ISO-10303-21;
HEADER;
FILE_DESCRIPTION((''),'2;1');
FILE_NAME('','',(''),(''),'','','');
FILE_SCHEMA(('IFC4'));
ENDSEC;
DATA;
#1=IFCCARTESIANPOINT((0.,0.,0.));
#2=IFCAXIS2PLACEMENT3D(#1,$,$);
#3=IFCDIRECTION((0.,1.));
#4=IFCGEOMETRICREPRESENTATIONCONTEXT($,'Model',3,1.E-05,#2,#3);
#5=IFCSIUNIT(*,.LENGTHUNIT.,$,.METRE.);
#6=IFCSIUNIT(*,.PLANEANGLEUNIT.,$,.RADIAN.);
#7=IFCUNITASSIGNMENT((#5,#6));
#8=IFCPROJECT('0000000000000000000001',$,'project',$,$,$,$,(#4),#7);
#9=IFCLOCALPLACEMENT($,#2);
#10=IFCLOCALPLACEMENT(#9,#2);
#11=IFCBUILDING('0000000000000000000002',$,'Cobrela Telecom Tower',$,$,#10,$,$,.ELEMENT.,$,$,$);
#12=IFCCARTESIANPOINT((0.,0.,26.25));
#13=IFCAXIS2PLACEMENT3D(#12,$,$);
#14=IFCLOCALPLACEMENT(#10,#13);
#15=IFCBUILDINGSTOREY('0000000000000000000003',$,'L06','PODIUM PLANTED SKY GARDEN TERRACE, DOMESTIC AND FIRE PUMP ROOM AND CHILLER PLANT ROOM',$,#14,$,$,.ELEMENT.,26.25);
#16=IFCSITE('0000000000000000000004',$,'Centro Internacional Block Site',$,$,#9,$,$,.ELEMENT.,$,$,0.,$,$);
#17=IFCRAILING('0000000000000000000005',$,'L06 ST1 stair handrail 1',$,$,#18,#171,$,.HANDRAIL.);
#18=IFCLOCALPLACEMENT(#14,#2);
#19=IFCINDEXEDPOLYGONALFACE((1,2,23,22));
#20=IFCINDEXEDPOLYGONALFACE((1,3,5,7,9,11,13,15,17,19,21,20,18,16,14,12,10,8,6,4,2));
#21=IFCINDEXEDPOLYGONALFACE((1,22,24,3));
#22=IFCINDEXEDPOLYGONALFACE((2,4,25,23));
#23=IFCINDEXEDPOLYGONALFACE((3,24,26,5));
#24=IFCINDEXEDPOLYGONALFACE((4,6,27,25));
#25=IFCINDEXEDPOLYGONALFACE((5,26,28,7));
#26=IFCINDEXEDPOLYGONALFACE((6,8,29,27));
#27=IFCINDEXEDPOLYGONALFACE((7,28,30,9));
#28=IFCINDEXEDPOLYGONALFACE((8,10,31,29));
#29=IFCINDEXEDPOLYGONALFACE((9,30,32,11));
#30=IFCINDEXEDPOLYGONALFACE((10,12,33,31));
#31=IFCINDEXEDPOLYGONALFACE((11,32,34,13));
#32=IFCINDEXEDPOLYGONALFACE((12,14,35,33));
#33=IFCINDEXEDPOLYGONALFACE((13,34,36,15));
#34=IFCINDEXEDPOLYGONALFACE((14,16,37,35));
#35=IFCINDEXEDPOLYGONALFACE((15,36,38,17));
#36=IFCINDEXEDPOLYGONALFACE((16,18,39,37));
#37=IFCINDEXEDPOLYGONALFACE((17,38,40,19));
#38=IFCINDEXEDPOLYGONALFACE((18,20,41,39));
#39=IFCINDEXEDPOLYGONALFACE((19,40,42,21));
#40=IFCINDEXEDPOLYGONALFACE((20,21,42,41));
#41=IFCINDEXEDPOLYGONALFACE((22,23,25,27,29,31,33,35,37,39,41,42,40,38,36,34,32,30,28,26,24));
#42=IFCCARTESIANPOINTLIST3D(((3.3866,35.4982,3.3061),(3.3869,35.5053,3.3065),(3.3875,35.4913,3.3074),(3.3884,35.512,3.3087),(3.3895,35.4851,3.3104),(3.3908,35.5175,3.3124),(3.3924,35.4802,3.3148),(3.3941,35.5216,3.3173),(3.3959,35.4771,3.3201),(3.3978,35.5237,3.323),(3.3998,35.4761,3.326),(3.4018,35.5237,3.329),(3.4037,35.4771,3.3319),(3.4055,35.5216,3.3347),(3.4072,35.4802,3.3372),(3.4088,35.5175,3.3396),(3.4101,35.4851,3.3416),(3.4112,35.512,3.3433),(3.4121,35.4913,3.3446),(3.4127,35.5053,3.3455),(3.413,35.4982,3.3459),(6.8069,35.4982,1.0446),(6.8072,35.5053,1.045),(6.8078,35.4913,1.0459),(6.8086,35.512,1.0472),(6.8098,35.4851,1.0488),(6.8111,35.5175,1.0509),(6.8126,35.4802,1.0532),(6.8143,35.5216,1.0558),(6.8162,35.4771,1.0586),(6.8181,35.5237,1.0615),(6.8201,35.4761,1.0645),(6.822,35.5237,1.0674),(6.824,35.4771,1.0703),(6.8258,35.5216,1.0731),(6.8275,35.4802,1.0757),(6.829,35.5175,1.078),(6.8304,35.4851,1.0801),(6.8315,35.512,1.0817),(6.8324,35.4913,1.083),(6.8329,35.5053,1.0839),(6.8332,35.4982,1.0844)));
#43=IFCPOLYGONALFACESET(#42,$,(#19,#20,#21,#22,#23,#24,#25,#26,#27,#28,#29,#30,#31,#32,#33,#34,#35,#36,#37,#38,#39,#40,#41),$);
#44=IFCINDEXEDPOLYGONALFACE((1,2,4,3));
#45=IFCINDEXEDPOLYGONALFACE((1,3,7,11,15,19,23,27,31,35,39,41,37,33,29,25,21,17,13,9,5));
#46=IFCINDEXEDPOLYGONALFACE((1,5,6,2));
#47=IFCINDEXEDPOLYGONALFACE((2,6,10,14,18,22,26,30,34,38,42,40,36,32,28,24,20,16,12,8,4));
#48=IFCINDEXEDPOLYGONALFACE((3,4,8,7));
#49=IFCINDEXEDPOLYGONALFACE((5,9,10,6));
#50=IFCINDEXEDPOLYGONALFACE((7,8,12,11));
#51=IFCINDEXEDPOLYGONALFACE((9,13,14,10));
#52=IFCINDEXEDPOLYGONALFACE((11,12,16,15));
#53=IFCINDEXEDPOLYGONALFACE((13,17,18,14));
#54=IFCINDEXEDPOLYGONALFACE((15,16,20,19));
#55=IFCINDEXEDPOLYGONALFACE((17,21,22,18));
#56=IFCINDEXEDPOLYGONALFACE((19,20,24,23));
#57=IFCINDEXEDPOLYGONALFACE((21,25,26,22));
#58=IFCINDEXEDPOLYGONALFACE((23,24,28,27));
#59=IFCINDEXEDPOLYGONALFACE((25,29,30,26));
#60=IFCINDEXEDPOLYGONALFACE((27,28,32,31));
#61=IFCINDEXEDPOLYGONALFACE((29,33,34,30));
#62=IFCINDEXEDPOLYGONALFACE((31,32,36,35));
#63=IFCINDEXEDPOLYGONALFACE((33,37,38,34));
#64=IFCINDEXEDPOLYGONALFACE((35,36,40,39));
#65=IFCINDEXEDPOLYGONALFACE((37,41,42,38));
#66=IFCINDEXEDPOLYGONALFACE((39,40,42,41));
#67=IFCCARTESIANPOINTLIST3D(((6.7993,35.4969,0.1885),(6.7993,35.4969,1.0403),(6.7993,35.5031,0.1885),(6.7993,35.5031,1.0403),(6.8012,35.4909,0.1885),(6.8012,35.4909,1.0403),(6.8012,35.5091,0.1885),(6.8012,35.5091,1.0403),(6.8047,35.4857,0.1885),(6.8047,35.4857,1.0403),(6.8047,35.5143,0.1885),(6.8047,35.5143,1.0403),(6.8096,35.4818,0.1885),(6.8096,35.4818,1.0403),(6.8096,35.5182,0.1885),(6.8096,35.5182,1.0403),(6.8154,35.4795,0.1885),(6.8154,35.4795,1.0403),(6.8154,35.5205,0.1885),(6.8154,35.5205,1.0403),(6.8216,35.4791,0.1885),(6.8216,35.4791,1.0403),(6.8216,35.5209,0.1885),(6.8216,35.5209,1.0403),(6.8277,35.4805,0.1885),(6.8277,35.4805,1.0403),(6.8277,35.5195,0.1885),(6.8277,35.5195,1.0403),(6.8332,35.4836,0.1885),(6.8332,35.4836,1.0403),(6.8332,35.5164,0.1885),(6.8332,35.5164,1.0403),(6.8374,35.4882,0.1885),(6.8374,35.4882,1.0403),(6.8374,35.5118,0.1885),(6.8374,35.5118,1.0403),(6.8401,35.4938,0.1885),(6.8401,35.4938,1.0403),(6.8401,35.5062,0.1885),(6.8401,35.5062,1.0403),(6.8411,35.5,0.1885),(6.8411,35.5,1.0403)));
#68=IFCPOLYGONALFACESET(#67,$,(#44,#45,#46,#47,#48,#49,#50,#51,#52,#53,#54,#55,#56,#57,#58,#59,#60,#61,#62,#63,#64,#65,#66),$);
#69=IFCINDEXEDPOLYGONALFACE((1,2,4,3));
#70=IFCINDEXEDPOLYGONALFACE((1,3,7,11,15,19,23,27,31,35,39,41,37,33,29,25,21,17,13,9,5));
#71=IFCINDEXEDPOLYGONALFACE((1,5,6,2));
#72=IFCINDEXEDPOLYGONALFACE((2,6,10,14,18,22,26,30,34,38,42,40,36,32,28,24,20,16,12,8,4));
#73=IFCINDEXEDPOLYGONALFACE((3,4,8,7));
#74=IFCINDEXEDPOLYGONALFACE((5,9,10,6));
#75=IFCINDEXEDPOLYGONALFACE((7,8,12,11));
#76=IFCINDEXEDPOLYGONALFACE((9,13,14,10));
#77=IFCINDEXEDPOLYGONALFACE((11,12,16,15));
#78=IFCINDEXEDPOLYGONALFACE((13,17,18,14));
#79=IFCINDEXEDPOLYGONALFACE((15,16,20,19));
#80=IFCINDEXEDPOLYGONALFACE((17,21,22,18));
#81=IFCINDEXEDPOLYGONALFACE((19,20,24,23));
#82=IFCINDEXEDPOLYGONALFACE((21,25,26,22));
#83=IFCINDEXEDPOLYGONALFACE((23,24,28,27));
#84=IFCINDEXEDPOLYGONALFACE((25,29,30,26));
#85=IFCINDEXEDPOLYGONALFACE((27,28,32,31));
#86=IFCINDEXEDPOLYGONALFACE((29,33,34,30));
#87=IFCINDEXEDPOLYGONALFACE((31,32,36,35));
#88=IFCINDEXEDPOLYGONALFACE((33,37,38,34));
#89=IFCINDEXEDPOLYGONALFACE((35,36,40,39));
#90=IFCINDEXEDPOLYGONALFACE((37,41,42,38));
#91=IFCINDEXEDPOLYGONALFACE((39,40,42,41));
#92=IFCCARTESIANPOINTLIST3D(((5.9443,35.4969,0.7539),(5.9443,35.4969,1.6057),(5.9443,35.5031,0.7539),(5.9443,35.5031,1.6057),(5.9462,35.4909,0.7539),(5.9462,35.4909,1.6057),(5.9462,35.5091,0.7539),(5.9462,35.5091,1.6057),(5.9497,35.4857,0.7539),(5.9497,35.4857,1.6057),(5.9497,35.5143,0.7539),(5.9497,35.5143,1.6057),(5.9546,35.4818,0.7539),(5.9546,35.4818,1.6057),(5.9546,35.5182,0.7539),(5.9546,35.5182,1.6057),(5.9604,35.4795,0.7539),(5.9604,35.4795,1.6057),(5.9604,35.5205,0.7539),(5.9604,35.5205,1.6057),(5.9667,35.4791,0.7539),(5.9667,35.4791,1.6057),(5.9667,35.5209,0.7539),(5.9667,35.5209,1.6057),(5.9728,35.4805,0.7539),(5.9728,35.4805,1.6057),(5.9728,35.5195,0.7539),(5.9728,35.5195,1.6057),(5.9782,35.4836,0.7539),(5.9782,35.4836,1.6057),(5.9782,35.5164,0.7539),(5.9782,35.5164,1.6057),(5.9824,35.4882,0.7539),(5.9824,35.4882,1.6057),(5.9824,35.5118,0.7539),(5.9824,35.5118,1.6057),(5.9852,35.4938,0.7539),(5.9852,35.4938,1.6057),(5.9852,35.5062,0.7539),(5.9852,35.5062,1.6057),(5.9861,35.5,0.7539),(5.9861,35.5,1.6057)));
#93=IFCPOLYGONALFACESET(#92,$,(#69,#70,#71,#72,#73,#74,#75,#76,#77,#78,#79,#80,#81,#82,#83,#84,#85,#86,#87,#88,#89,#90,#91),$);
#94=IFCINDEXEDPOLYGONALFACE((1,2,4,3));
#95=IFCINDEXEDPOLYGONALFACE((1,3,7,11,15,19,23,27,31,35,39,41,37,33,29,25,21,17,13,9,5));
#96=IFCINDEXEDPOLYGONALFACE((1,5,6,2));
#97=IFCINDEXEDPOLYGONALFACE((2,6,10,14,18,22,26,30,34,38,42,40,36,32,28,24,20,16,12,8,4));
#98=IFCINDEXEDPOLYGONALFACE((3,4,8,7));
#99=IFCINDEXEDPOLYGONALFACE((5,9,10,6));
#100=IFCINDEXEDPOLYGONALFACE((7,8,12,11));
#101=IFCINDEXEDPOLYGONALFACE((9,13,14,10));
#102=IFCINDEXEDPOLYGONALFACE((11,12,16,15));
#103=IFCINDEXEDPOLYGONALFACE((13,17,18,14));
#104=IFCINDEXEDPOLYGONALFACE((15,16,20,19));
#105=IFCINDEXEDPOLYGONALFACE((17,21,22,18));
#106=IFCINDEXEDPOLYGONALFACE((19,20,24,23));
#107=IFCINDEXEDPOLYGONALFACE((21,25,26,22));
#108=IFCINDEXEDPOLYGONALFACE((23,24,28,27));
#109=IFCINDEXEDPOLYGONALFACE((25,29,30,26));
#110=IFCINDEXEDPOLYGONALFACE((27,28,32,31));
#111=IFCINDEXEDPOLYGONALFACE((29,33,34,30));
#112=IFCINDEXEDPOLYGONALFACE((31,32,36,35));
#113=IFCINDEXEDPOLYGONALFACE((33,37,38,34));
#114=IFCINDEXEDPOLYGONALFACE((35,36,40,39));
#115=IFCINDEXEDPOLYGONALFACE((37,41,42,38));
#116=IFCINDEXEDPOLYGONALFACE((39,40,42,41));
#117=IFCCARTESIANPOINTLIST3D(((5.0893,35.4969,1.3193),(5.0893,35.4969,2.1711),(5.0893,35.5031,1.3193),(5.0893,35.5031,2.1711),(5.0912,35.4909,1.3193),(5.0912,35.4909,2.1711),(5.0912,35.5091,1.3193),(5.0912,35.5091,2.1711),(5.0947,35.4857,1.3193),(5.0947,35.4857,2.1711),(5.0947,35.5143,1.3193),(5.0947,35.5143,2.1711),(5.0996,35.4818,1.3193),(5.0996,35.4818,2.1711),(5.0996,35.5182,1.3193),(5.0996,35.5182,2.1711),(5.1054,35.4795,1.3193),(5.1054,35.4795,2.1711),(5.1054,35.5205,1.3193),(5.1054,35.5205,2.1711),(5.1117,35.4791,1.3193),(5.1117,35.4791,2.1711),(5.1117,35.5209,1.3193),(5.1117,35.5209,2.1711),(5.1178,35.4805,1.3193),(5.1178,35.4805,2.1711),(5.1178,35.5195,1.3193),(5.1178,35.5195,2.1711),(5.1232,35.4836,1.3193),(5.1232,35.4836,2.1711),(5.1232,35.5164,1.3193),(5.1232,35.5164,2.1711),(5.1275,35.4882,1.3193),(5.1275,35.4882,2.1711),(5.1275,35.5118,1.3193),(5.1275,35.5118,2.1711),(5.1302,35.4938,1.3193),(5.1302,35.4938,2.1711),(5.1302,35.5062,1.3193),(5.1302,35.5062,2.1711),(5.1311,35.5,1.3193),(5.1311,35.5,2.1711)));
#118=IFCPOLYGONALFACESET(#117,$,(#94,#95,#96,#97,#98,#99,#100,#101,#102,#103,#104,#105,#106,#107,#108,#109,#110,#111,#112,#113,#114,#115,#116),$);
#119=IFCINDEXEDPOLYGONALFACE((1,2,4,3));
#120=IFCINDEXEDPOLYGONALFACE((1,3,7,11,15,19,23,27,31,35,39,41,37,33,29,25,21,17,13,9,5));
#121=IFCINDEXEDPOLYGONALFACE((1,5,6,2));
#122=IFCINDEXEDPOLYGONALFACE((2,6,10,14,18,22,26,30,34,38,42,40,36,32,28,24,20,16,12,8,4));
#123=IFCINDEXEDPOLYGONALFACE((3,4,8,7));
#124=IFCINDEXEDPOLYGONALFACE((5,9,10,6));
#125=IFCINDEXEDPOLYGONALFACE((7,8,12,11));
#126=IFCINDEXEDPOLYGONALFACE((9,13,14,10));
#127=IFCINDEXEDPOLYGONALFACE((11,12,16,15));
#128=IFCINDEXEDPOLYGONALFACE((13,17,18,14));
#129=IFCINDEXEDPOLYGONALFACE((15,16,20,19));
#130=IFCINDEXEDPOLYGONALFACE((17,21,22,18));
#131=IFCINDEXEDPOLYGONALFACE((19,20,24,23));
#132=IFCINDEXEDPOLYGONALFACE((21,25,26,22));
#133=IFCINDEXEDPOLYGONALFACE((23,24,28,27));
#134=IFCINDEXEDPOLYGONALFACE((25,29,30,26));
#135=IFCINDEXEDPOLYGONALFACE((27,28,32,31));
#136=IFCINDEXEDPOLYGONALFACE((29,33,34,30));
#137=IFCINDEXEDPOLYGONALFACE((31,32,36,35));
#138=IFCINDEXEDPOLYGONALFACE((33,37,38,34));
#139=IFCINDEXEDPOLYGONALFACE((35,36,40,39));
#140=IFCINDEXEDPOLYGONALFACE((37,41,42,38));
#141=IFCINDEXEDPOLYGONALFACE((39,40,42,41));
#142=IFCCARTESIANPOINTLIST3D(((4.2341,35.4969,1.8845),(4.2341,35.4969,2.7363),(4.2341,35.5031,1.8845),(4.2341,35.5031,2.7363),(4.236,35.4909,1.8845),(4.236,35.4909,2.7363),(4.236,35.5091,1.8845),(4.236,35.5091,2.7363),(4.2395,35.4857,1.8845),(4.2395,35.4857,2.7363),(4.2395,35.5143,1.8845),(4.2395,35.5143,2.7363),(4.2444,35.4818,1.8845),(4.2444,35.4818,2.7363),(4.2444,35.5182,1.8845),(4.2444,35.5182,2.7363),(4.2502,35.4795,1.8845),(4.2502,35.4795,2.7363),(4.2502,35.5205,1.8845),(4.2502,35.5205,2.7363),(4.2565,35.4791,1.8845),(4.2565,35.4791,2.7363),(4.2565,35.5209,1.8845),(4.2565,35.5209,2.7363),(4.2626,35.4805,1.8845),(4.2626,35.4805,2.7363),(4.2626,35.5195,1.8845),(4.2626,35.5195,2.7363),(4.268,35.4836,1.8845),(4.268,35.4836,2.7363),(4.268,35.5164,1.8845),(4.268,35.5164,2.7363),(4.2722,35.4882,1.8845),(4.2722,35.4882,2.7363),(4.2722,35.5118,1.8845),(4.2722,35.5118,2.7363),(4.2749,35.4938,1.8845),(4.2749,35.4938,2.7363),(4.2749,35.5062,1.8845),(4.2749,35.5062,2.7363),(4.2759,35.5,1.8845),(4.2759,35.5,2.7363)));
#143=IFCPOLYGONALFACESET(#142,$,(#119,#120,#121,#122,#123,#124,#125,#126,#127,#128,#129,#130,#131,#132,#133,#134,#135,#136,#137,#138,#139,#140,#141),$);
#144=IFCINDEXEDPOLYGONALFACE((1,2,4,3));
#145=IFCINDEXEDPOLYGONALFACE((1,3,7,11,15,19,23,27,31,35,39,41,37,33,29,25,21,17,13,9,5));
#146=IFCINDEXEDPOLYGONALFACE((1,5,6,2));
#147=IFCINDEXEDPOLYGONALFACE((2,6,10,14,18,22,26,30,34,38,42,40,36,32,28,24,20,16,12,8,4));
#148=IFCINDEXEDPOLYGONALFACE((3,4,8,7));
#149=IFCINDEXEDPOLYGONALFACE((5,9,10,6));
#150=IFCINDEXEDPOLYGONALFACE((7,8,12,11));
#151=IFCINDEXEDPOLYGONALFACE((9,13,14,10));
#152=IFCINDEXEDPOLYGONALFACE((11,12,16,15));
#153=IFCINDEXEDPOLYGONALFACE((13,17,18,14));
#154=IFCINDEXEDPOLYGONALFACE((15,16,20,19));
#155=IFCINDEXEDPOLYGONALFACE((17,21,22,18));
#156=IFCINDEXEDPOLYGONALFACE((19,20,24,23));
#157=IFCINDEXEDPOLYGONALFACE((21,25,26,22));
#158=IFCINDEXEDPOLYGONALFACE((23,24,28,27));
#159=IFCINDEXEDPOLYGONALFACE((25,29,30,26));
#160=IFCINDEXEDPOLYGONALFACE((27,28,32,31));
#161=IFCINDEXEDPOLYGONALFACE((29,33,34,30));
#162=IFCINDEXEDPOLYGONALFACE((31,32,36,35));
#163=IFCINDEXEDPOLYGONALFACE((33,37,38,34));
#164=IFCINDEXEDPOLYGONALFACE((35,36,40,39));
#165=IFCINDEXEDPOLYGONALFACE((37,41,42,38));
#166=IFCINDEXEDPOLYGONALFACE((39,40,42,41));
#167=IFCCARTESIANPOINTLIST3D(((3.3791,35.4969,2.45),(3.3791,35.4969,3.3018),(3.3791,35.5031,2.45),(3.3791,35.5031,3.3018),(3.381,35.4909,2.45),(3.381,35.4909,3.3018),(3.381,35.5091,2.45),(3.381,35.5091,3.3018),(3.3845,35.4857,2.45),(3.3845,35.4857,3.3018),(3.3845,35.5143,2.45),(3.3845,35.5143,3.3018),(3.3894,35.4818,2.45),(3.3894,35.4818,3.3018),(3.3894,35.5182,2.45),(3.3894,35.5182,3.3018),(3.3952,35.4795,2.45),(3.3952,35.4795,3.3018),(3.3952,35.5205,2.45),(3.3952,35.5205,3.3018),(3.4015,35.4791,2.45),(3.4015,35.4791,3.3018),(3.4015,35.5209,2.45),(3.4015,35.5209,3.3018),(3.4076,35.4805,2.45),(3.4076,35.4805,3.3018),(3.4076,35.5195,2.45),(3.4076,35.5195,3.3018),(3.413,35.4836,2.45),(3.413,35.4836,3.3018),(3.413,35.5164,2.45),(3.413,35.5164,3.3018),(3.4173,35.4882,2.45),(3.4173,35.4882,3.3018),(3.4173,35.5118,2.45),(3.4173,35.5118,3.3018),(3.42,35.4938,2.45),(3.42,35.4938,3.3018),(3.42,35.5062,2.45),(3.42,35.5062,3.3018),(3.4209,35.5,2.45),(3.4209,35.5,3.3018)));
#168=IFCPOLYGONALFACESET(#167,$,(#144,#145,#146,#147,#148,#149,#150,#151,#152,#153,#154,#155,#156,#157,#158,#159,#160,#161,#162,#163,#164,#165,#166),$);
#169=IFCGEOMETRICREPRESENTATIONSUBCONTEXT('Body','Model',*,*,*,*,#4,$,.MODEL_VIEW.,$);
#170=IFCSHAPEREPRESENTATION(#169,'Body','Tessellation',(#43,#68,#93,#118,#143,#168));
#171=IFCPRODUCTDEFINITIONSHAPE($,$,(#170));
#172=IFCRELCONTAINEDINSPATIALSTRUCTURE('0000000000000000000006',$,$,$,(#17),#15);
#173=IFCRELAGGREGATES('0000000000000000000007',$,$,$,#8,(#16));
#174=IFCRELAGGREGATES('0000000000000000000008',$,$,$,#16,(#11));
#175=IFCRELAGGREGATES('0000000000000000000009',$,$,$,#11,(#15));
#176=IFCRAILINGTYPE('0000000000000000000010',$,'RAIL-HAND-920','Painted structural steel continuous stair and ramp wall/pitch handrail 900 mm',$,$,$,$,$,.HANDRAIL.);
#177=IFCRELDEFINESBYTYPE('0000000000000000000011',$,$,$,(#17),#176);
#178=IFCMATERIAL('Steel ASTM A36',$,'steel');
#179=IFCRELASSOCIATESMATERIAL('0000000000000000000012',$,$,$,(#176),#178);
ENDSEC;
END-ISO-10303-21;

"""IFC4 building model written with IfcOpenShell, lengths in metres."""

from ifc_helpers import new_model, si_unit, direction, frame, origin, origin_2d, place, context, subcontext, project, spatial, circle, extrude, material, type_object, element, save


model = new_model("IFC4")

# Units and contexts
model_context = context("Model", 3, precision=1e-05, world=origin(), true_north=direction((0.0, 1.0)))
body_context = subcontext(model_context, "Body", "Model", "MODEL_VIEW")
ifc_project = project(units=[si_unit("LENGTHUNIT", "METRE"), si_unit("PLANEANGLEUNIT", "RADIAN")], contexts=[model_context])

# Site, building, storey
site_placement = place(None, origin())
site = spatial("IfcSite", under=ifc_project, at=site_placement, Name="Centro Internacional Block Site", CompositionType="ELEMENT", RefElevation=0.0)
building_placement = place(site_placement, origin())
building = spatial("IfcBuilding", under=site, at=building_placement, Name="Cobrela Telecom Tower", CompositionType="ELEMENT")
storey_placement = place(building_placement, frame((0.0, 0.0, 26.25)))
storey = spatial("IfcBuildingStorey", under=building, at=storey_placement, Name="L06", Description="PODIUM PLANTED SKY GARDEN TERRACE, DOMESTIC AND FIRE PUMP ROOM AND CHILLER PLANT ROOM", CompositionType="ELEMENT", Elevation=26.25)

# Railing
ifc_material_1 = material(Name="Steel ASTM A36", Category="steel")
railing_type_1 = type_object("IfcRailingType", Name="RAIL-HAND-920", Description="Painted structural steel continuous stair and ramp wall/pitch handrail 900 mm", PredefinedType="HANDRAIL", material=ifc_material_1)
railing_1_placement = place(storey_placement, frame((6.8201, 35.5, 0.1885)))
element("IfcRailing", 1, at=railing_1_placement, inside=storey, type_object=railing_type_1, Name="L06 ST1 stair handrail 1", PredefinedType="HANDRAIL", context=body_context, shape_type="SweptSolid", body=[
    extrude(circle(Radius=0.0239, at=origin_2d()), frame((0.0, 0.0, 0.876), z_axis=(-0.834142, 0.0, 0.55155), x_axis=(0.0, -1.0, 0.0)), (0.0, 0.0, 1.0), 4.1003),
    extrude(circle(Radius=0.021, at=origin_2d()), origin(), (0.0, 0.0, 1.0), 0.8518),
    extrude(circle(Radius=0.021, at=origin_2d()), frame((-0.855, 0.0, 0.5654)), (0.0, 0.0, 1.0), 0.8518),
    extrude(circle(Radius=0.021, at=origin_2d()), frame((-1.71, 0.0, 1.1309)), (0.0, 0.0, 1.0), 0.8518),
    extrude(circle(Radius=0.021, at=origin_2d()), frame((-2.5652, 0.0, 1.696)), (0.0, 0.0, 1.0), 0.8518),
    extrude(circle(Radius=0.021, at=origin_2d()), frame((-3.4202, 0.0, 2.2615)), (0.0, 0.0, 1.0), 0.8518),
])

save(model, "model.ifc")
